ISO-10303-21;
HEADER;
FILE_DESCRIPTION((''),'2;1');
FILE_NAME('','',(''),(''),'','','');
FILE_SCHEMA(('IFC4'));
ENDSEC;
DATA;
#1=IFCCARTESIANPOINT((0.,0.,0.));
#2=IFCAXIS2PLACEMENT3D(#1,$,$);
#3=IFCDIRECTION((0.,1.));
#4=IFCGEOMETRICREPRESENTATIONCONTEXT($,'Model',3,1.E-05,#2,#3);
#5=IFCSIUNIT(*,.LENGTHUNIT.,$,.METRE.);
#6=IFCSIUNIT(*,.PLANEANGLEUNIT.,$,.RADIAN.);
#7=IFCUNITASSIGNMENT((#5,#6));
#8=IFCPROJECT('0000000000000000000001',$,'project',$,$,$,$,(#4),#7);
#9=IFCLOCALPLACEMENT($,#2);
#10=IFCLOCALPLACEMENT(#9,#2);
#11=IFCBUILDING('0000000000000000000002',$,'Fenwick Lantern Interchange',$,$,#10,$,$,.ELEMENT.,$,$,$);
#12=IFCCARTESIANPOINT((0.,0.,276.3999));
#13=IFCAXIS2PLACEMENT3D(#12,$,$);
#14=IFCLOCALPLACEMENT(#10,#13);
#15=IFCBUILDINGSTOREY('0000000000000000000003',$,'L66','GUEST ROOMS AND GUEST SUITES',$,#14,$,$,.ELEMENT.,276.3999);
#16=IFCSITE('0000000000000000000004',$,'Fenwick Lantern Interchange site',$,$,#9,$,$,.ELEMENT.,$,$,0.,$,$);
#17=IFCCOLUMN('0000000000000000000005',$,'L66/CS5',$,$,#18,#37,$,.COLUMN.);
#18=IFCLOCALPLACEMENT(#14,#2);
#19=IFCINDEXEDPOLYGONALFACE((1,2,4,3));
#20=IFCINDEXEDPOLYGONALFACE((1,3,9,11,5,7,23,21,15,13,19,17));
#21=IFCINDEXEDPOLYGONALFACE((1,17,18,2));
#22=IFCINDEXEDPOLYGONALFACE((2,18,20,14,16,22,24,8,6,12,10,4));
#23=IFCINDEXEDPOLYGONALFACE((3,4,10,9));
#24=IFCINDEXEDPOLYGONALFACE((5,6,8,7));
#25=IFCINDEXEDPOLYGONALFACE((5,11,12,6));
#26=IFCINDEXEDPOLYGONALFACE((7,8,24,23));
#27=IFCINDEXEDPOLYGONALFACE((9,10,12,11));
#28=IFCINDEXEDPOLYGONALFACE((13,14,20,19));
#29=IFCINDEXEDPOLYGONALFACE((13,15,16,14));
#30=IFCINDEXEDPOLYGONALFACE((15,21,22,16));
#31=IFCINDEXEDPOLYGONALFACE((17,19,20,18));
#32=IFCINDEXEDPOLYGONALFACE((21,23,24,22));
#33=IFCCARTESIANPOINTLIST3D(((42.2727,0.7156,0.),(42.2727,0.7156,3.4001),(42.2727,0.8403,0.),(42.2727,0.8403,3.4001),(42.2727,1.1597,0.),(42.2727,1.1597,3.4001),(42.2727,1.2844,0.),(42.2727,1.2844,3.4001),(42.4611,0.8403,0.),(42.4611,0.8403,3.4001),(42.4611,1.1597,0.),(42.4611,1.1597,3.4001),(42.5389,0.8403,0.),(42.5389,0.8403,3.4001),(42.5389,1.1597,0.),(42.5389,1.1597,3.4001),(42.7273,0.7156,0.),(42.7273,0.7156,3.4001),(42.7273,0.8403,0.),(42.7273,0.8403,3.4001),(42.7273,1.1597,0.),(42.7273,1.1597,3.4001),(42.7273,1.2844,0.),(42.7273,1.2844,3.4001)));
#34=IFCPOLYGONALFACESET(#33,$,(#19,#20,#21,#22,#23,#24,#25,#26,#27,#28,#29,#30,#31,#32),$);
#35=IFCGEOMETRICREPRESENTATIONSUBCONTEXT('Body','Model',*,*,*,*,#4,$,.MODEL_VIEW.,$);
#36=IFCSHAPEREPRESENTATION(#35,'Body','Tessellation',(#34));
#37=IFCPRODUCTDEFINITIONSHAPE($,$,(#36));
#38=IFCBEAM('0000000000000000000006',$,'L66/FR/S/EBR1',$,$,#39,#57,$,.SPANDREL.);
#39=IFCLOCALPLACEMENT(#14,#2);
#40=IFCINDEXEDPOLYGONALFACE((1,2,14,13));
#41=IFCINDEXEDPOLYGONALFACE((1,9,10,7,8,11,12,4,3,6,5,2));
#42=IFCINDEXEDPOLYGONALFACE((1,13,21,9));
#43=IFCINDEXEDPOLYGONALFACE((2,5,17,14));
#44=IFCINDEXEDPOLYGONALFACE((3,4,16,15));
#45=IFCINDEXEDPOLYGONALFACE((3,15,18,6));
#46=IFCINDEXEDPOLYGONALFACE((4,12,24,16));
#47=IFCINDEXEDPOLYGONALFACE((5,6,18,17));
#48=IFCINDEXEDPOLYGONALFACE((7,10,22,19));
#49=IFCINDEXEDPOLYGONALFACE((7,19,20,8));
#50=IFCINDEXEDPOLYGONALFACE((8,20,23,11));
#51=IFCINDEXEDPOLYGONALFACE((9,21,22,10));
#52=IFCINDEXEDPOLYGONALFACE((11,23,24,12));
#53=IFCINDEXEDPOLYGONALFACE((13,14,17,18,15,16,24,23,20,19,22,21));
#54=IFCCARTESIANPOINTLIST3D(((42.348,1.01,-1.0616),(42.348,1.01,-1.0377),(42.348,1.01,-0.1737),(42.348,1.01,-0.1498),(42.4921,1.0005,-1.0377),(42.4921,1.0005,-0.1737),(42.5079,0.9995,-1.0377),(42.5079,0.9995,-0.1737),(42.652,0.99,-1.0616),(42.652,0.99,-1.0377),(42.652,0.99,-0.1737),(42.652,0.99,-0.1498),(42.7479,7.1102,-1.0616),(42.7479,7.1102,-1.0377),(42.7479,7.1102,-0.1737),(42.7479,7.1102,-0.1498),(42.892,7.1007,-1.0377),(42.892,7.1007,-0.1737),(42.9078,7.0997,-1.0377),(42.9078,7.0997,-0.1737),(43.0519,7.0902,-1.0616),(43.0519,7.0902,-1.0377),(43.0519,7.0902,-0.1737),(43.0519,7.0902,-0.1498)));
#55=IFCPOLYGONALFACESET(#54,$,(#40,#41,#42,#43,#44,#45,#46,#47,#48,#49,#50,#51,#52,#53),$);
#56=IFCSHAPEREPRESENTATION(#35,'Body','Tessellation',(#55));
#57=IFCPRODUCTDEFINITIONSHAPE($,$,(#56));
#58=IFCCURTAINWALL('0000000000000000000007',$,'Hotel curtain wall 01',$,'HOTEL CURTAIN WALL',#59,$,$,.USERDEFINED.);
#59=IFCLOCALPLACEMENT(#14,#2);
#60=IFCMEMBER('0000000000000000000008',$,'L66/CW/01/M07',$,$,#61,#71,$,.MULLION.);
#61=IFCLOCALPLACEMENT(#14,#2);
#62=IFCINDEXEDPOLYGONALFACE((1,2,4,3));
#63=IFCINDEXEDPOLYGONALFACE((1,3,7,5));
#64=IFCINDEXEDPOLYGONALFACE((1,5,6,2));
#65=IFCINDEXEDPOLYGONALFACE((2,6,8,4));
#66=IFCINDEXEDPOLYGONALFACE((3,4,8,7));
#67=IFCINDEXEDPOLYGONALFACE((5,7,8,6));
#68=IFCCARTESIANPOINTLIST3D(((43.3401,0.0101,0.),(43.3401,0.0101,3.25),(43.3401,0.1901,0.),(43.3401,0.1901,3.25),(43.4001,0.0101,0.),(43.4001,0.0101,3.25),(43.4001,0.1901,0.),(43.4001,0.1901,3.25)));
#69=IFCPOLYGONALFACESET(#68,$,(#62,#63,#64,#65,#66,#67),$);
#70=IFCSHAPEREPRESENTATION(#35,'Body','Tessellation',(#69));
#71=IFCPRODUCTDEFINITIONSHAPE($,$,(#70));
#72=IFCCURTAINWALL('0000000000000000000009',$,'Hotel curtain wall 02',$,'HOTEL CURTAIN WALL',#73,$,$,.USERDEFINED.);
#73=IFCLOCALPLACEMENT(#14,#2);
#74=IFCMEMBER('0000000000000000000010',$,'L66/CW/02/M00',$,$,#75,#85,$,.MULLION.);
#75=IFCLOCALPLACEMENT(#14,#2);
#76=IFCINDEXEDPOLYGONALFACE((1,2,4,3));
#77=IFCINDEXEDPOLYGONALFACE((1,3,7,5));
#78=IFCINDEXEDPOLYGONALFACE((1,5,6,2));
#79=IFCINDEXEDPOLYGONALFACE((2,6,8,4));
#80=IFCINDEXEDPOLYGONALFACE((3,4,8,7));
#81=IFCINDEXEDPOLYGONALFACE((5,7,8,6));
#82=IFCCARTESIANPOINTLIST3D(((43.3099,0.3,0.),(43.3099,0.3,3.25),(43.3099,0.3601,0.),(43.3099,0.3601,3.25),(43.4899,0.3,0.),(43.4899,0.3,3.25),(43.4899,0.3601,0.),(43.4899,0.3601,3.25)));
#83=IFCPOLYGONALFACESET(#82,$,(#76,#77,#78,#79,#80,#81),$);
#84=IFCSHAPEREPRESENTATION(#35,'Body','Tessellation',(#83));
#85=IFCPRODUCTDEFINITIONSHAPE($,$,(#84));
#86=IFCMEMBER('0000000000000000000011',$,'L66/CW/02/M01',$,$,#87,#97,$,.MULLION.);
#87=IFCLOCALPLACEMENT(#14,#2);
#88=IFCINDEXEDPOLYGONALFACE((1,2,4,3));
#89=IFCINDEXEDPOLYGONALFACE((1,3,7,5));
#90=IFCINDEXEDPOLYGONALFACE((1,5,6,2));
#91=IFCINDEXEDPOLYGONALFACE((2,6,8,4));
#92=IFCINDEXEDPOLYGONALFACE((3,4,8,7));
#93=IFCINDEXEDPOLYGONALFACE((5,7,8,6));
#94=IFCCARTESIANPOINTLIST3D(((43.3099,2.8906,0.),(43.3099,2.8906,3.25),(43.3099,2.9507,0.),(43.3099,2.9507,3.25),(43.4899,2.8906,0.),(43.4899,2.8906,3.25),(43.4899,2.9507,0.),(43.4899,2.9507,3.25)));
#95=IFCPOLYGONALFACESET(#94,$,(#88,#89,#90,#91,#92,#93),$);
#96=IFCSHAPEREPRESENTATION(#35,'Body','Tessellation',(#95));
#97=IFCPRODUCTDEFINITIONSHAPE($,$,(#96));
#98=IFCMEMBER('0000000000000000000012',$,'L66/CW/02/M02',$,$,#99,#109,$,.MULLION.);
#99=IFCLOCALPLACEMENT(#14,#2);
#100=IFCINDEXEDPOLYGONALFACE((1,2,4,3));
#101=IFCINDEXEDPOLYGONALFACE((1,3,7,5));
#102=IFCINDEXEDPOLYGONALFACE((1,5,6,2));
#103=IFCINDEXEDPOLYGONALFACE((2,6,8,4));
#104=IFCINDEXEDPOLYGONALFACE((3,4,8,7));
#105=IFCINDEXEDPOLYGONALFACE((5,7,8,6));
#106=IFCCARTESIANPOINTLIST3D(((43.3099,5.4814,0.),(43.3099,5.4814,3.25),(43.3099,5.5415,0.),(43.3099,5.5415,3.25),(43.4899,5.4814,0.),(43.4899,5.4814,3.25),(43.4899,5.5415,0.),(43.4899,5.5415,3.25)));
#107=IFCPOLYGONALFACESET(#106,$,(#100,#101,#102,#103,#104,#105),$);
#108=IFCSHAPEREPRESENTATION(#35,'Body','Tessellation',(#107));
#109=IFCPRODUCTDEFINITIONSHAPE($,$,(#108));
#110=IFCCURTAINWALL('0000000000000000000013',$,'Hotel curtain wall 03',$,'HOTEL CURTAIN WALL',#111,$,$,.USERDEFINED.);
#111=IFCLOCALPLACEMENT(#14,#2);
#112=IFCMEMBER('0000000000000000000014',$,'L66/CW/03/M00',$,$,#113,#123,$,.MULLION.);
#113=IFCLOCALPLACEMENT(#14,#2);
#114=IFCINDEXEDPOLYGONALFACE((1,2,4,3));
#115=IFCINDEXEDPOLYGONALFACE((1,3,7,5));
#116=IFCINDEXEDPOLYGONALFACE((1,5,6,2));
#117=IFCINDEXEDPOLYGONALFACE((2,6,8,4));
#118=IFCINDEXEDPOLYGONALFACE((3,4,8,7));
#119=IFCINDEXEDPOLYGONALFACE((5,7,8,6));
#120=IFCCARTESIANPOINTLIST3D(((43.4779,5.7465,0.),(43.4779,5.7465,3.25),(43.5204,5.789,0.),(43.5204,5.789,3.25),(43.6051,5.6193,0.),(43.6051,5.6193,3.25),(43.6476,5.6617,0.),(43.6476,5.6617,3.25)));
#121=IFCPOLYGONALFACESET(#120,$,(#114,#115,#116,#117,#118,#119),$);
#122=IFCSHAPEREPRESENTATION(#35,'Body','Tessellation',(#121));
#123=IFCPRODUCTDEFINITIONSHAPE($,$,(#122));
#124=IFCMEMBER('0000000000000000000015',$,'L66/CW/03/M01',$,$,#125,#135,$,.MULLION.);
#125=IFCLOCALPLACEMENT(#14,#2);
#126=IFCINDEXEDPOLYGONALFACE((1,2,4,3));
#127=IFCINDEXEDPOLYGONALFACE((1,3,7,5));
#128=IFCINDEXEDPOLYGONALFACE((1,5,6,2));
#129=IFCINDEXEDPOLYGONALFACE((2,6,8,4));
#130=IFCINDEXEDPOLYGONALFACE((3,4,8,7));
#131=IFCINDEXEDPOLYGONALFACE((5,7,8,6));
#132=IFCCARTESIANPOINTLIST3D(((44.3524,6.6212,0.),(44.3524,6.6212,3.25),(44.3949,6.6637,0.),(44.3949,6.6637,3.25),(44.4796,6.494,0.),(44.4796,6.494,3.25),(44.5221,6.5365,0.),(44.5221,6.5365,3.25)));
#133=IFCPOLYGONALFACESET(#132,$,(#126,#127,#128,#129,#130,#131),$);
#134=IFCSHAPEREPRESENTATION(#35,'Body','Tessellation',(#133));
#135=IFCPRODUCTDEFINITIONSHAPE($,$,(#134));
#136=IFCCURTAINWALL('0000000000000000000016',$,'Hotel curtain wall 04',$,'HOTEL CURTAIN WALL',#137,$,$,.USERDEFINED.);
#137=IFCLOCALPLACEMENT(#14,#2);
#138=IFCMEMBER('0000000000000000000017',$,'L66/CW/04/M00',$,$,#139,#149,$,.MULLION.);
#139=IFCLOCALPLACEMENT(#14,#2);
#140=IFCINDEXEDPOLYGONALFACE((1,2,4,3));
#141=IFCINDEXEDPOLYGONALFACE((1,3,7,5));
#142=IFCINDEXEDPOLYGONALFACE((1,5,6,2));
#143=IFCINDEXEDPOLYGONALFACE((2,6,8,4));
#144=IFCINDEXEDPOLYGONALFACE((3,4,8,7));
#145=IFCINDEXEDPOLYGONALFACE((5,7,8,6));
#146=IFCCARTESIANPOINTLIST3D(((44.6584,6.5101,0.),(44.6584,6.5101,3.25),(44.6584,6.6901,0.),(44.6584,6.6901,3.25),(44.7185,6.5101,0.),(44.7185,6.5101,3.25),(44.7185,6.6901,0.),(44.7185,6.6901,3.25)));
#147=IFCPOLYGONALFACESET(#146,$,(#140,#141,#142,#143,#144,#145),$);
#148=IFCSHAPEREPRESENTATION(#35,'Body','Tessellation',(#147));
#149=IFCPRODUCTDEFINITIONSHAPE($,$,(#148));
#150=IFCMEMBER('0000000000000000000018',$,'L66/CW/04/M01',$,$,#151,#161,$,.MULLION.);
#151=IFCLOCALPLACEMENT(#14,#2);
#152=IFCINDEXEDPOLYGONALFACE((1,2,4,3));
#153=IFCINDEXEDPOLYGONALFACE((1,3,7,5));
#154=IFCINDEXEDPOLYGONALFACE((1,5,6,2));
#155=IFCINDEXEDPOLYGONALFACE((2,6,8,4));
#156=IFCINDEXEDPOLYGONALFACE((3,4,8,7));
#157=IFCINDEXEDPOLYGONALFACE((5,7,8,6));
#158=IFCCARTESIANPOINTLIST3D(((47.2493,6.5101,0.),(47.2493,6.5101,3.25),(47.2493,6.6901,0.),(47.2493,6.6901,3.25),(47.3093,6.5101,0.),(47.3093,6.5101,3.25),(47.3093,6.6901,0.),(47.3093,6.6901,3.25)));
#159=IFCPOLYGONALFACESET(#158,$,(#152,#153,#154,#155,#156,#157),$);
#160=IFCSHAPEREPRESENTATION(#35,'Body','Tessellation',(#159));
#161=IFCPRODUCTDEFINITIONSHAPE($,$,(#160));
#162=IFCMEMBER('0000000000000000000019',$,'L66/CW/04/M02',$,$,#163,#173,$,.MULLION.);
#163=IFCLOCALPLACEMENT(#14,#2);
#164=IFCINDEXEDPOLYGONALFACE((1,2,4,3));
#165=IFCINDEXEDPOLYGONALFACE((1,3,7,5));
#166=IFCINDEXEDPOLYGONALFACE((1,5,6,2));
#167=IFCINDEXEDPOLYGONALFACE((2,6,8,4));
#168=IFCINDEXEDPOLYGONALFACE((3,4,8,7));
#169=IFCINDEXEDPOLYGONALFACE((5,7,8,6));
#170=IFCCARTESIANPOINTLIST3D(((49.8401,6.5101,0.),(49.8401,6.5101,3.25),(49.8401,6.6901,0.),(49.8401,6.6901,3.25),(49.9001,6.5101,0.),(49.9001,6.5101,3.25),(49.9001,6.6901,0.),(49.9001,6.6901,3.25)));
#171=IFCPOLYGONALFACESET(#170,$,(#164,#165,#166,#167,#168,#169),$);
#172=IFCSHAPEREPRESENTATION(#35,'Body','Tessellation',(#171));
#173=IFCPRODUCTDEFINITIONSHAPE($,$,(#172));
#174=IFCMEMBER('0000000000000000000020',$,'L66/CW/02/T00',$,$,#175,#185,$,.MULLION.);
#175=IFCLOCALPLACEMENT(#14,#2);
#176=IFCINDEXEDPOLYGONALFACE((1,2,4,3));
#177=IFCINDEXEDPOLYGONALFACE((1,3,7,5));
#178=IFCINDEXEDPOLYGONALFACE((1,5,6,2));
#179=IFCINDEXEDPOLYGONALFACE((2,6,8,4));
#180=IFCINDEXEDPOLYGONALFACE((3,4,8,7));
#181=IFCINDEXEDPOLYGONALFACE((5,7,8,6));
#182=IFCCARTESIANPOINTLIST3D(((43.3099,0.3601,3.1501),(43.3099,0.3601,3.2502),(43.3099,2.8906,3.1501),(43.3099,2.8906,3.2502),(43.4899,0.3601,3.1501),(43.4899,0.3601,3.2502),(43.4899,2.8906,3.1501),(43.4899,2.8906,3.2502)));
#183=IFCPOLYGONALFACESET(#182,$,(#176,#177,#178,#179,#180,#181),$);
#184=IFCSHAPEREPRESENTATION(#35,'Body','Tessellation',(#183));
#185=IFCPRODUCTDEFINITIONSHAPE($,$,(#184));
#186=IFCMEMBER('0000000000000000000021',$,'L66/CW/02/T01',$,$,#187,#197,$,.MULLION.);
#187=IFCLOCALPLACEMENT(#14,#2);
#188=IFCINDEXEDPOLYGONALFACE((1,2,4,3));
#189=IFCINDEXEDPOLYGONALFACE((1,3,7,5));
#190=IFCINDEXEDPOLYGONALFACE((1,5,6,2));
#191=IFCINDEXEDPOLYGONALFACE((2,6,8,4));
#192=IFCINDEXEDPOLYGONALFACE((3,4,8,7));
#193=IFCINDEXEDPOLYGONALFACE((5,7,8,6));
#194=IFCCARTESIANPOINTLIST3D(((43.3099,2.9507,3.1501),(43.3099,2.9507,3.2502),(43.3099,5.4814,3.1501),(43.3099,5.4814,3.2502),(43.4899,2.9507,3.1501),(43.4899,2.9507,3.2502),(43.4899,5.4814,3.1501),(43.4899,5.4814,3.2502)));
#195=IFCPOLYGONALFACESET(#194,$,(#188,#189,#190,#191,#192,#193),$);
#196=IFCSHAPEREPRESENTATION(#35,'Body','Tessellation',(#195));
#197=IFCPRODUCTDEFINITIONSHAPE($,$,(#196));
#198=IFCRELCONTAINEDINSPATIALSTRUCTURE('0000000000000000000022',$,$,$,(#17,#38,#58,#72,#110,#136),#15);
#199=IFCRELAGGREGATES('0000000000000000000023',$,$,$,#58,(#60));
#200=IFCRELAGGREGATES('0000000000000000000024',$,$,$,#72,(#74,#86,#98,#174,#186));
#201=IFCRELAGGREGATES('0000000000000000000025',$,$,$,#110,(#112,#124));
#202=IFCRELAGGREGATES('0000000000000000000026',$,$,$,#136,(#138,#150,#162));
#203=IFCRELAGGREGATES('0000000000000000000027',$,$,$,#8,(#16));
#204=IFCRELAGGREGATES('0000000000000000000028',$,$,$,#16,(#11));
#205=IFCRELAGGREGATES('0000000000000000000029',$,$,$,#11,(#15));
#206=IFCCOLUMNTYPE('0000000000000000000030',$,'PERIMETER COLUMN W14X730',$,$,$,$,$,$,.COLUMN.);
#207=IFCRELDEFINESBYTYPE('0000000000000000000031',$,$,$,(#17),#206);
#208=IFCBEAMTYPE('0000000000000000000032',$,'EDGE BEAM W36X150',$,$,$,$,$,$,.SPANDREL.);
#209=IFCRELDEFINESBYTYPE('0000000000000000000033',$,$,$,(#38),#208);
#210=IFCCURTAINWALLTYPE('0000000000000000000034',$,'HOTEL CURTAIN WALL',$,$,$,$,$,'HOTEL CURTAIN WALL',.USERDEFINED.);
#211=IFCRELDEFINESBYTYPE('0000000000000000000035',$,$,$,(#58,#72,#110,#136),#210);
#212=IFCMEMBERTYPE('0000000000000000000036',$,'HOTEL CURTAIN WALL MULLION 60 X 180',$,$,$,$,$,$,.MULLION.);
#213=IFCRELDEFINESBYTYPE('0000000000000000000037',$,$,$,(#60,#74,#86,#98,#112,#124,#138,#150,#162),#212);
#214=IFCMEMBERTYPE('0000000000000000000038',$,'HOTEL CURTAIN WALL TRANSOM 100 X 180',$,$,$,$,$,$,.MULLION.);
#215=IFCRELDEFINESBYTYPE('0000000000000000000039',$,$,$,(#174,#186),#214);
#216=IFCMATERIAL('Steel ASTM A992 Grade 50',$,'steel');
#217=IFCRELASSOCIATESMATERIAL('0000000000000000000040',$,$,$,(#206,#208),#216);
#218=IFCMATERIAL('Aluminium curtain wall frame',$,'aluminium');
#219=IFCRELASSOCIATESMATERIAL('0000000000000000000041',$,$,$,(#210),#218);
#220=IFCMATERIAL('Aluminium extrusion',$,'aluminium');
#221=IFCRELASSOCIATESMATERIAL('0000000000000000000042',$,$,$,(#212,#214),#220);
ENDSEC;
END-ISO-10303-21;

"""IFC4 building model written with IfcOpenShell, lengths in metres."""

from ifc_helpers import new_model, si_unit, direction, frame, origin, origin_2d, place, context, subcontext, project, spatial, rectangle, i_section, extrude, material, material_profile, profile_set, type_object, element, aggregate, save


model = new_model("IFC4")

# Units and contexts
model_context = context("Model", 3, precision=1e-05, world=origin(), true_north=direction((0.0, 1.0)))
body_context = subcontext(model_context, "Body", "Model", "MODEL_VIEW")
ifc_project = project(units=[si_unit("LENGTHUNIT", "METRE"), si_unit("PLANEANGLEUNIT", "RADIAN")], contexts=[model_context])

# Site, building, storey
site_placement = place(None, origin())
site = spatial("IfcSite", under=ifc_project, at=site_placement, Name="Fenwick Lantern Interchange site", CompositionType="ELEMENT", RefElevation=0.0)
building_placement = place(site_placement, origin())
building = spatial("IfcBuilding", under=site, at=building_placement, Name="Fenwick Lantern Interchange", CompositionType="ELEMENT")
storey_placement = place(building_placement, frame((0.0, 0.0, 276.3999)))
storey = spatial("IfcBuildingStorey", under=building, at=storey_placement, Name="L66", Description="GUEST ROOMS AND GUEST SUITES", CompositionType="ELEMENT", Elevation=276.3999)

# Column
ifc_material_1 = material(Name="Steel ASTM A992 Grade 50", Category="steel")
ifc_material_profile_1 = material_profile(ifc_material_1, i_section(OverallWidth=0.4546, OverallDepth=0.5688, WebThickness=0.0779, FlangeThickness=0.1248, at=origin_2d()), Name="W14X730")
ifc_profile_set_1 = profile_set([ifc_material_profile_1], Name="Steel ASTM A992 Grade 50")
column_type = type_object("IfcColumnType", Name="PERIMETER COLUMN W14X730", PredefinedType="COLUMN", material=ifc_profile_set_1)
column_placement = place(storey_placement, frame((42.5, 1.0, 0.0), z_axis=(0.0, 0.0, 1.0), x_axis=(1.0, 0.0, 0.0)))
element("IfcColumn", 1, at=column_placement, inside=storey, type_object=column_type, Name="L66/CS5", PredefinedType="COLUMN", context=body_context, shape_type="SweptSolid", body=[
    extrude(i_section(OverallWidth=0.4546, OverallDepth=0.5688, WebThickness=0.0779, FlangeThickness=0.1248, at=origin_2d()), origin(), (0.0, 0.0, 1.0), 3.4001),
])

# Beam
ifc_material_profile_2 = material_profile(ifc_material_1, i_section(OverallWidth=0.3047, OverallDepth=0.9119, WebThickness=0.0159, FlangeThickness=0.0239, at=origin_2d()), Name="W36X150")
ifc_profile_set_2 = profile_set([ifc_material_profile_2], Name="Steel ASTM A992 Grade 50")
beam_type = type_object("IfcBeamType", Name="EDGE BEAM W36X150", PredefinedType="SPANDREL", material=ifc_profile_set_2)
beam_placement = place(storey_placement, frame((42.5, 1.0, -0.6057), z_axis=(0.065416, 0.997858, 0.0), x_axis=(-0.997858, 0.065416, 0.0)))
element("IfcBeam", 2, at=beam_placement, inside=storey, type_object=beam_type, Name="L66/FR/S/EBR1", PredefinedType="SPANDREL", context=body_context, shape_type="SweptSolid", body=[
    extrude(i_section(OverallWidth=0.3047, OverallDepth=0.9119, WebThickness=0.0159, FlangeThickness=0.0239, at=origin_2d()), origin(), (0.0, 0.0, 1.0), 6.1133),
])

# Curtain wall, member
ifc_material_2 = material(Name="Aluminium curtain wall frame", Category="aluminium")
curtain_wall_type = type_object("IfcCurtainWallType", Name="HOTEL CURTAIN WALL", ElementType="HOTEL CURTAIN WALL", PredefinedType="USERDEFINED", material=ifc_material_2)
curtain_wall_1_placement = place(storey_placement, origin())
curtain_wall_1 = element("IfcCurtainWall", 3, at=curtain_wall_1_placement, inside=storey, type_object=curtain_wall_type, Name="Hotel curtain wall 01", ObjectType="HOTEL CURTAIN WALL", PredefinedType="USERDEFINED")
ifc_material_3 = material(Name="Aluminium extrusion", Category="aluminium")
ifc_material_profile_3 = material_profile(ifc_material_3, rectangle(XDim=0.1799, YDim=0.0601, at=origin_2d()), Name="HOTEL CURTAIN WALL MULLION 60 X 180")
ifc_profile_set_3 = profile_set([ifc_material_profile_3], Name="Aluminium extrusion")
member_type_1 = type_object("IfcMemberType", Name="HOTEL CURTAIN WALL MULLION 60 X 180", PredefinedType="MULLION", material=ifc_profile_set_3)
member_1_placement = place(storey_placement, frame((43.3701, 0.1001, 0.0), z_axis=(0.0, 0.0, 1.0), x_axis=(0.0, 1.0, 0.0)))
member_1 = element("IfcMember", 4, at=member_1_placement, type_object=member_type_1, Name="L66/CW/01/M07", PredefinedType="MULLION", context=body_context, shape_type="SweptSolid", body=[
    extrude(rectangle(XDim=0.1799, YDim=0.0601, at=origin_2d()), origin(), (0.0, 0.0, 1.0), 3.25),
])
aggregate(curtain_wall_1, [member_1])

# Curtain walls, members
curtain_wall_2_placement = place(storey_placement, origin())
curtain_wall_2 = element("IfcCurtainWall", 5, at=curtain_wall_2_placement, inside=storey, type_object=curtain_wall_type, Name="Hotel curtain wall 02", ObjectType="HOTEL CURTAIN WALL", PredefinedType="USERDEFINED")
member_2_placement = place(storey_placement, frame((43.3999, 0.3301, 0.0), z_axis=(0.0, 0.0, 1.0), x_axis=(-1.0, 0.0, 0.0)))
member_2 = element("IfcMember", 6, at=member_2_placement, type_object=member_type_1, Name="L66/CW/02/M00", PredefinedType="MULLION", context=body_context, shape_type="SweptSolid", body=[
    extrude(rectangle(XDim=0.1799, YDim=0.0601, at=origin_2d()), origin(), (0.0, 0.0, 1.0), 3.25),
])
member_3_placement = place(storey_placement, frame((43.3999, 2.9207, 0.0), z_axis=(0.0, 0.0, 1.0), x_axis=(-1.0, 0.0, 0.0)))
member_3 = element("IfcMember", 7, at=member_3_placement, type_object=member_type_1, Name="L66/CW/02/M01", PredefinedType="MULLION", context=body_context, shape_type="SweptSolid", body=[
    extrude(rectangle(XDim=0.1799, YDim=0.0601, at=origin_2d()), origin(), (0.0, 0.0, 1.0), 3.25),
])
member_4_placement = place(storey_placement, frame((43.3999, 5.5115, 0.0), z_axis=(0.0, 0.0, 1.0), x_axis=(-1.0, 0.0, 0.0)))
member_4 = element("IfcMember", 8, at=member_4_placement, type_object=member_type_1, Name="L66/CW/02/M02", PredefinedType="MULLION", context=body_context, shape_type="SweptSolid", body=[
    extrude(rectangle(XDim=0.1799, YDim=0.0601, at=origin_2d()), origin(), (0.0, 0.0, 1.0), 3.25),
])
curtain_wall_3_placement = place(storey_placement, origin())
curtain_wall_3 = element("IfcCurtainWall", 9, at=curtain_wall_3_placement, inside=storey, type_object=curtain_wall_type, Name="Hotel curtain wall 03", ObjectType="HOTEL CURTAIN WALL", PredefinedType="USERDEFINED")
member_5_placement = place(storey_placement, frame((43.5627, 5.7041, 0.0), z_axis=(0.0, 0.0, 1.0), x_axis=(-0.707107, 0.707107, 0.0)))
member_5 = element("IfcMember", 10, at=member_5_placement, type_object=member_type_1, Name="L66/CW/03/M00", PredefinedType="MULLION", context=body_context, shape_type="SweptSolid", body=[
    extrude(rectangle(XDim=0.1799, YDim=0.0601, at=origin_2d()), origin(), (0.0, 0.0, 1.0), 3.25),
])
member_6_placement = place(storey_placement, frame((44.4373, 6.5789, 0.0), z_axis=(0.0, 0.0, 1.0), x_axis=(-0.707107, 0.707107, 0.0)))
member_6 = element("IfcMember", 11, at=member_6_placement, type_object=member_type_1, Name="L66/CW/03/M01", PredefinedType="MULLION", context=body_context, shape_type="SweptSolid", body=[
    extrude(rectangle(XDim=0.1799, YDim=0.0601, at=origin_2d()), origin(), (0.0, 0.0, 1.0), 3.25),
])
curtain_wall_4_placement = place(storey_placement, origin())
curtain_wall_4 = element("IfcCurtainWall", 12, at=curtain_wall_4_placement, inside=storey, type_object=curtain_wall_type, Name="Hotel curtain wall 04", ObjectType="HOTEL CURTAIN WALL", PredefinedType="USERDEFINED")
member_7_placement = place(storey_placement, frame((44.6885, 6.6001, 0.0), z_axis=(0.0, 0.0, 1.0), x_axis=(0.0, 1.0, 0.0)))
member_7 = element("IfcMember", 13, at=member_7_placement, type_object=member_type_1, Name="L66/CW/04/M00", PredefinedType="MULLION", context=body_context, shape_type="SweptSolid", body=[
    extrude(rectangle(XDim=0.1799, YDim=0.0601, at=origin_2d()), origin(), (0.0, 0.0, 1.0), 3.25),
])
member_8_placement = place(storey_placement, frame((47.2793, 6.6001, 0.0), z_axis=(0.0, 0.0, 1.0), x_axis=(0.0, 1.0, 0.0)))
member_8 = element("IfcMember", 14, at=member_8_placement, type_object=member_type_1, Name="L66/CW/04/M01", PredefinedType="MULLION", context=body_context, shape_type="SweptSolid", body=[
    extrude(rectangle(XDim=0.1799, YDim=0.0601, at=origin_2d()), origin(), (0.0, 0.0, 1.0), 3.25),
])
member_9_placement = place(storey_placement, frame((49.8701, 6.6001, 0.0), z_axis=(0.0, 0.0, 1.0), x_axis=(0.0, 1.0, 0.0)))
member_9 = element("IfcMember", 15, at=member_9_placement, type_object=member_type_1, Name="L66/CW/04/M02", PredefinedType="MULLION", context=body_context, shape_type="SweptSolid", body=[
    extrude(rectangle(XDim=0.1799, YDim=0.0601, at=origin_2d()), origin(), (0.0, 0.0, 1.0), 3.25),
])

# Members
ifc_material_profile_4 = material_profile(ifc_material_3, rectangle(XDim=0.1799, YDim=0.1001, at=origin_2d()), Name="HOTEL CURTAIN WALL TRANSOM 100 X 180")
ifc_profile_set_4 = profile_set([ifc_material_profile_4], Name="Aluminium extrusion")
member_type_2 = type_object("IfcMemberType", Name="HOTEL CURTAIN WALL TRANSOM 100 X 180", PredefinedType="MULLION", material=ifc_profile_set_4)
member_10_placement = place(storey_placement, frame((43.3999, 0.3601, 3.2002), z_axis=(0.0, 1.0, 0.0), x_axis=(-1.0, 0.0, 0.0)))
member_10 = element("IfcMember", 16, at=member_10_placement, type_object=member_type_2, Name="L66/CW/02/T00", PredefinedType="MULLION", context=body_context, shape_type="SweptSolid", body=[
    extrude(rectangle(XDim=0.1799, YDim=0.1001, at=origin_2d()), origin(), (0.0, 0.0, 1.0), 2.5305),
])
member_11_placement = place(storey_placement, frame((43.3999, 2.9507, 3.2002), z_axis=(0.0, 1.0, 0.0), x_axis=(-1.0, 0.0, 0.0)))
member_11 = element("IfcMember", 17, at=member_11_placement, type_object=member_type_2, Name="L66/CW/02/T01", PredefinedType="MULLION", context=body_context, shape_type="SweptSolid", body=[
    extrude(rectangle(XDim=0.1799, YDim=0.1001, at=origin_2d()), origin(), (0.0, 0.0, 1.0), 2.5308),
])

aggregate(curtain_wall_2, [member_2, member_3, member_4, member_10, member_11])
aggregate(curtain_wall_3, [member_5, member_6])
aggregate(curtain_wall_4, [member_7, member_8, member_9])

save(model, "model.ifc")
